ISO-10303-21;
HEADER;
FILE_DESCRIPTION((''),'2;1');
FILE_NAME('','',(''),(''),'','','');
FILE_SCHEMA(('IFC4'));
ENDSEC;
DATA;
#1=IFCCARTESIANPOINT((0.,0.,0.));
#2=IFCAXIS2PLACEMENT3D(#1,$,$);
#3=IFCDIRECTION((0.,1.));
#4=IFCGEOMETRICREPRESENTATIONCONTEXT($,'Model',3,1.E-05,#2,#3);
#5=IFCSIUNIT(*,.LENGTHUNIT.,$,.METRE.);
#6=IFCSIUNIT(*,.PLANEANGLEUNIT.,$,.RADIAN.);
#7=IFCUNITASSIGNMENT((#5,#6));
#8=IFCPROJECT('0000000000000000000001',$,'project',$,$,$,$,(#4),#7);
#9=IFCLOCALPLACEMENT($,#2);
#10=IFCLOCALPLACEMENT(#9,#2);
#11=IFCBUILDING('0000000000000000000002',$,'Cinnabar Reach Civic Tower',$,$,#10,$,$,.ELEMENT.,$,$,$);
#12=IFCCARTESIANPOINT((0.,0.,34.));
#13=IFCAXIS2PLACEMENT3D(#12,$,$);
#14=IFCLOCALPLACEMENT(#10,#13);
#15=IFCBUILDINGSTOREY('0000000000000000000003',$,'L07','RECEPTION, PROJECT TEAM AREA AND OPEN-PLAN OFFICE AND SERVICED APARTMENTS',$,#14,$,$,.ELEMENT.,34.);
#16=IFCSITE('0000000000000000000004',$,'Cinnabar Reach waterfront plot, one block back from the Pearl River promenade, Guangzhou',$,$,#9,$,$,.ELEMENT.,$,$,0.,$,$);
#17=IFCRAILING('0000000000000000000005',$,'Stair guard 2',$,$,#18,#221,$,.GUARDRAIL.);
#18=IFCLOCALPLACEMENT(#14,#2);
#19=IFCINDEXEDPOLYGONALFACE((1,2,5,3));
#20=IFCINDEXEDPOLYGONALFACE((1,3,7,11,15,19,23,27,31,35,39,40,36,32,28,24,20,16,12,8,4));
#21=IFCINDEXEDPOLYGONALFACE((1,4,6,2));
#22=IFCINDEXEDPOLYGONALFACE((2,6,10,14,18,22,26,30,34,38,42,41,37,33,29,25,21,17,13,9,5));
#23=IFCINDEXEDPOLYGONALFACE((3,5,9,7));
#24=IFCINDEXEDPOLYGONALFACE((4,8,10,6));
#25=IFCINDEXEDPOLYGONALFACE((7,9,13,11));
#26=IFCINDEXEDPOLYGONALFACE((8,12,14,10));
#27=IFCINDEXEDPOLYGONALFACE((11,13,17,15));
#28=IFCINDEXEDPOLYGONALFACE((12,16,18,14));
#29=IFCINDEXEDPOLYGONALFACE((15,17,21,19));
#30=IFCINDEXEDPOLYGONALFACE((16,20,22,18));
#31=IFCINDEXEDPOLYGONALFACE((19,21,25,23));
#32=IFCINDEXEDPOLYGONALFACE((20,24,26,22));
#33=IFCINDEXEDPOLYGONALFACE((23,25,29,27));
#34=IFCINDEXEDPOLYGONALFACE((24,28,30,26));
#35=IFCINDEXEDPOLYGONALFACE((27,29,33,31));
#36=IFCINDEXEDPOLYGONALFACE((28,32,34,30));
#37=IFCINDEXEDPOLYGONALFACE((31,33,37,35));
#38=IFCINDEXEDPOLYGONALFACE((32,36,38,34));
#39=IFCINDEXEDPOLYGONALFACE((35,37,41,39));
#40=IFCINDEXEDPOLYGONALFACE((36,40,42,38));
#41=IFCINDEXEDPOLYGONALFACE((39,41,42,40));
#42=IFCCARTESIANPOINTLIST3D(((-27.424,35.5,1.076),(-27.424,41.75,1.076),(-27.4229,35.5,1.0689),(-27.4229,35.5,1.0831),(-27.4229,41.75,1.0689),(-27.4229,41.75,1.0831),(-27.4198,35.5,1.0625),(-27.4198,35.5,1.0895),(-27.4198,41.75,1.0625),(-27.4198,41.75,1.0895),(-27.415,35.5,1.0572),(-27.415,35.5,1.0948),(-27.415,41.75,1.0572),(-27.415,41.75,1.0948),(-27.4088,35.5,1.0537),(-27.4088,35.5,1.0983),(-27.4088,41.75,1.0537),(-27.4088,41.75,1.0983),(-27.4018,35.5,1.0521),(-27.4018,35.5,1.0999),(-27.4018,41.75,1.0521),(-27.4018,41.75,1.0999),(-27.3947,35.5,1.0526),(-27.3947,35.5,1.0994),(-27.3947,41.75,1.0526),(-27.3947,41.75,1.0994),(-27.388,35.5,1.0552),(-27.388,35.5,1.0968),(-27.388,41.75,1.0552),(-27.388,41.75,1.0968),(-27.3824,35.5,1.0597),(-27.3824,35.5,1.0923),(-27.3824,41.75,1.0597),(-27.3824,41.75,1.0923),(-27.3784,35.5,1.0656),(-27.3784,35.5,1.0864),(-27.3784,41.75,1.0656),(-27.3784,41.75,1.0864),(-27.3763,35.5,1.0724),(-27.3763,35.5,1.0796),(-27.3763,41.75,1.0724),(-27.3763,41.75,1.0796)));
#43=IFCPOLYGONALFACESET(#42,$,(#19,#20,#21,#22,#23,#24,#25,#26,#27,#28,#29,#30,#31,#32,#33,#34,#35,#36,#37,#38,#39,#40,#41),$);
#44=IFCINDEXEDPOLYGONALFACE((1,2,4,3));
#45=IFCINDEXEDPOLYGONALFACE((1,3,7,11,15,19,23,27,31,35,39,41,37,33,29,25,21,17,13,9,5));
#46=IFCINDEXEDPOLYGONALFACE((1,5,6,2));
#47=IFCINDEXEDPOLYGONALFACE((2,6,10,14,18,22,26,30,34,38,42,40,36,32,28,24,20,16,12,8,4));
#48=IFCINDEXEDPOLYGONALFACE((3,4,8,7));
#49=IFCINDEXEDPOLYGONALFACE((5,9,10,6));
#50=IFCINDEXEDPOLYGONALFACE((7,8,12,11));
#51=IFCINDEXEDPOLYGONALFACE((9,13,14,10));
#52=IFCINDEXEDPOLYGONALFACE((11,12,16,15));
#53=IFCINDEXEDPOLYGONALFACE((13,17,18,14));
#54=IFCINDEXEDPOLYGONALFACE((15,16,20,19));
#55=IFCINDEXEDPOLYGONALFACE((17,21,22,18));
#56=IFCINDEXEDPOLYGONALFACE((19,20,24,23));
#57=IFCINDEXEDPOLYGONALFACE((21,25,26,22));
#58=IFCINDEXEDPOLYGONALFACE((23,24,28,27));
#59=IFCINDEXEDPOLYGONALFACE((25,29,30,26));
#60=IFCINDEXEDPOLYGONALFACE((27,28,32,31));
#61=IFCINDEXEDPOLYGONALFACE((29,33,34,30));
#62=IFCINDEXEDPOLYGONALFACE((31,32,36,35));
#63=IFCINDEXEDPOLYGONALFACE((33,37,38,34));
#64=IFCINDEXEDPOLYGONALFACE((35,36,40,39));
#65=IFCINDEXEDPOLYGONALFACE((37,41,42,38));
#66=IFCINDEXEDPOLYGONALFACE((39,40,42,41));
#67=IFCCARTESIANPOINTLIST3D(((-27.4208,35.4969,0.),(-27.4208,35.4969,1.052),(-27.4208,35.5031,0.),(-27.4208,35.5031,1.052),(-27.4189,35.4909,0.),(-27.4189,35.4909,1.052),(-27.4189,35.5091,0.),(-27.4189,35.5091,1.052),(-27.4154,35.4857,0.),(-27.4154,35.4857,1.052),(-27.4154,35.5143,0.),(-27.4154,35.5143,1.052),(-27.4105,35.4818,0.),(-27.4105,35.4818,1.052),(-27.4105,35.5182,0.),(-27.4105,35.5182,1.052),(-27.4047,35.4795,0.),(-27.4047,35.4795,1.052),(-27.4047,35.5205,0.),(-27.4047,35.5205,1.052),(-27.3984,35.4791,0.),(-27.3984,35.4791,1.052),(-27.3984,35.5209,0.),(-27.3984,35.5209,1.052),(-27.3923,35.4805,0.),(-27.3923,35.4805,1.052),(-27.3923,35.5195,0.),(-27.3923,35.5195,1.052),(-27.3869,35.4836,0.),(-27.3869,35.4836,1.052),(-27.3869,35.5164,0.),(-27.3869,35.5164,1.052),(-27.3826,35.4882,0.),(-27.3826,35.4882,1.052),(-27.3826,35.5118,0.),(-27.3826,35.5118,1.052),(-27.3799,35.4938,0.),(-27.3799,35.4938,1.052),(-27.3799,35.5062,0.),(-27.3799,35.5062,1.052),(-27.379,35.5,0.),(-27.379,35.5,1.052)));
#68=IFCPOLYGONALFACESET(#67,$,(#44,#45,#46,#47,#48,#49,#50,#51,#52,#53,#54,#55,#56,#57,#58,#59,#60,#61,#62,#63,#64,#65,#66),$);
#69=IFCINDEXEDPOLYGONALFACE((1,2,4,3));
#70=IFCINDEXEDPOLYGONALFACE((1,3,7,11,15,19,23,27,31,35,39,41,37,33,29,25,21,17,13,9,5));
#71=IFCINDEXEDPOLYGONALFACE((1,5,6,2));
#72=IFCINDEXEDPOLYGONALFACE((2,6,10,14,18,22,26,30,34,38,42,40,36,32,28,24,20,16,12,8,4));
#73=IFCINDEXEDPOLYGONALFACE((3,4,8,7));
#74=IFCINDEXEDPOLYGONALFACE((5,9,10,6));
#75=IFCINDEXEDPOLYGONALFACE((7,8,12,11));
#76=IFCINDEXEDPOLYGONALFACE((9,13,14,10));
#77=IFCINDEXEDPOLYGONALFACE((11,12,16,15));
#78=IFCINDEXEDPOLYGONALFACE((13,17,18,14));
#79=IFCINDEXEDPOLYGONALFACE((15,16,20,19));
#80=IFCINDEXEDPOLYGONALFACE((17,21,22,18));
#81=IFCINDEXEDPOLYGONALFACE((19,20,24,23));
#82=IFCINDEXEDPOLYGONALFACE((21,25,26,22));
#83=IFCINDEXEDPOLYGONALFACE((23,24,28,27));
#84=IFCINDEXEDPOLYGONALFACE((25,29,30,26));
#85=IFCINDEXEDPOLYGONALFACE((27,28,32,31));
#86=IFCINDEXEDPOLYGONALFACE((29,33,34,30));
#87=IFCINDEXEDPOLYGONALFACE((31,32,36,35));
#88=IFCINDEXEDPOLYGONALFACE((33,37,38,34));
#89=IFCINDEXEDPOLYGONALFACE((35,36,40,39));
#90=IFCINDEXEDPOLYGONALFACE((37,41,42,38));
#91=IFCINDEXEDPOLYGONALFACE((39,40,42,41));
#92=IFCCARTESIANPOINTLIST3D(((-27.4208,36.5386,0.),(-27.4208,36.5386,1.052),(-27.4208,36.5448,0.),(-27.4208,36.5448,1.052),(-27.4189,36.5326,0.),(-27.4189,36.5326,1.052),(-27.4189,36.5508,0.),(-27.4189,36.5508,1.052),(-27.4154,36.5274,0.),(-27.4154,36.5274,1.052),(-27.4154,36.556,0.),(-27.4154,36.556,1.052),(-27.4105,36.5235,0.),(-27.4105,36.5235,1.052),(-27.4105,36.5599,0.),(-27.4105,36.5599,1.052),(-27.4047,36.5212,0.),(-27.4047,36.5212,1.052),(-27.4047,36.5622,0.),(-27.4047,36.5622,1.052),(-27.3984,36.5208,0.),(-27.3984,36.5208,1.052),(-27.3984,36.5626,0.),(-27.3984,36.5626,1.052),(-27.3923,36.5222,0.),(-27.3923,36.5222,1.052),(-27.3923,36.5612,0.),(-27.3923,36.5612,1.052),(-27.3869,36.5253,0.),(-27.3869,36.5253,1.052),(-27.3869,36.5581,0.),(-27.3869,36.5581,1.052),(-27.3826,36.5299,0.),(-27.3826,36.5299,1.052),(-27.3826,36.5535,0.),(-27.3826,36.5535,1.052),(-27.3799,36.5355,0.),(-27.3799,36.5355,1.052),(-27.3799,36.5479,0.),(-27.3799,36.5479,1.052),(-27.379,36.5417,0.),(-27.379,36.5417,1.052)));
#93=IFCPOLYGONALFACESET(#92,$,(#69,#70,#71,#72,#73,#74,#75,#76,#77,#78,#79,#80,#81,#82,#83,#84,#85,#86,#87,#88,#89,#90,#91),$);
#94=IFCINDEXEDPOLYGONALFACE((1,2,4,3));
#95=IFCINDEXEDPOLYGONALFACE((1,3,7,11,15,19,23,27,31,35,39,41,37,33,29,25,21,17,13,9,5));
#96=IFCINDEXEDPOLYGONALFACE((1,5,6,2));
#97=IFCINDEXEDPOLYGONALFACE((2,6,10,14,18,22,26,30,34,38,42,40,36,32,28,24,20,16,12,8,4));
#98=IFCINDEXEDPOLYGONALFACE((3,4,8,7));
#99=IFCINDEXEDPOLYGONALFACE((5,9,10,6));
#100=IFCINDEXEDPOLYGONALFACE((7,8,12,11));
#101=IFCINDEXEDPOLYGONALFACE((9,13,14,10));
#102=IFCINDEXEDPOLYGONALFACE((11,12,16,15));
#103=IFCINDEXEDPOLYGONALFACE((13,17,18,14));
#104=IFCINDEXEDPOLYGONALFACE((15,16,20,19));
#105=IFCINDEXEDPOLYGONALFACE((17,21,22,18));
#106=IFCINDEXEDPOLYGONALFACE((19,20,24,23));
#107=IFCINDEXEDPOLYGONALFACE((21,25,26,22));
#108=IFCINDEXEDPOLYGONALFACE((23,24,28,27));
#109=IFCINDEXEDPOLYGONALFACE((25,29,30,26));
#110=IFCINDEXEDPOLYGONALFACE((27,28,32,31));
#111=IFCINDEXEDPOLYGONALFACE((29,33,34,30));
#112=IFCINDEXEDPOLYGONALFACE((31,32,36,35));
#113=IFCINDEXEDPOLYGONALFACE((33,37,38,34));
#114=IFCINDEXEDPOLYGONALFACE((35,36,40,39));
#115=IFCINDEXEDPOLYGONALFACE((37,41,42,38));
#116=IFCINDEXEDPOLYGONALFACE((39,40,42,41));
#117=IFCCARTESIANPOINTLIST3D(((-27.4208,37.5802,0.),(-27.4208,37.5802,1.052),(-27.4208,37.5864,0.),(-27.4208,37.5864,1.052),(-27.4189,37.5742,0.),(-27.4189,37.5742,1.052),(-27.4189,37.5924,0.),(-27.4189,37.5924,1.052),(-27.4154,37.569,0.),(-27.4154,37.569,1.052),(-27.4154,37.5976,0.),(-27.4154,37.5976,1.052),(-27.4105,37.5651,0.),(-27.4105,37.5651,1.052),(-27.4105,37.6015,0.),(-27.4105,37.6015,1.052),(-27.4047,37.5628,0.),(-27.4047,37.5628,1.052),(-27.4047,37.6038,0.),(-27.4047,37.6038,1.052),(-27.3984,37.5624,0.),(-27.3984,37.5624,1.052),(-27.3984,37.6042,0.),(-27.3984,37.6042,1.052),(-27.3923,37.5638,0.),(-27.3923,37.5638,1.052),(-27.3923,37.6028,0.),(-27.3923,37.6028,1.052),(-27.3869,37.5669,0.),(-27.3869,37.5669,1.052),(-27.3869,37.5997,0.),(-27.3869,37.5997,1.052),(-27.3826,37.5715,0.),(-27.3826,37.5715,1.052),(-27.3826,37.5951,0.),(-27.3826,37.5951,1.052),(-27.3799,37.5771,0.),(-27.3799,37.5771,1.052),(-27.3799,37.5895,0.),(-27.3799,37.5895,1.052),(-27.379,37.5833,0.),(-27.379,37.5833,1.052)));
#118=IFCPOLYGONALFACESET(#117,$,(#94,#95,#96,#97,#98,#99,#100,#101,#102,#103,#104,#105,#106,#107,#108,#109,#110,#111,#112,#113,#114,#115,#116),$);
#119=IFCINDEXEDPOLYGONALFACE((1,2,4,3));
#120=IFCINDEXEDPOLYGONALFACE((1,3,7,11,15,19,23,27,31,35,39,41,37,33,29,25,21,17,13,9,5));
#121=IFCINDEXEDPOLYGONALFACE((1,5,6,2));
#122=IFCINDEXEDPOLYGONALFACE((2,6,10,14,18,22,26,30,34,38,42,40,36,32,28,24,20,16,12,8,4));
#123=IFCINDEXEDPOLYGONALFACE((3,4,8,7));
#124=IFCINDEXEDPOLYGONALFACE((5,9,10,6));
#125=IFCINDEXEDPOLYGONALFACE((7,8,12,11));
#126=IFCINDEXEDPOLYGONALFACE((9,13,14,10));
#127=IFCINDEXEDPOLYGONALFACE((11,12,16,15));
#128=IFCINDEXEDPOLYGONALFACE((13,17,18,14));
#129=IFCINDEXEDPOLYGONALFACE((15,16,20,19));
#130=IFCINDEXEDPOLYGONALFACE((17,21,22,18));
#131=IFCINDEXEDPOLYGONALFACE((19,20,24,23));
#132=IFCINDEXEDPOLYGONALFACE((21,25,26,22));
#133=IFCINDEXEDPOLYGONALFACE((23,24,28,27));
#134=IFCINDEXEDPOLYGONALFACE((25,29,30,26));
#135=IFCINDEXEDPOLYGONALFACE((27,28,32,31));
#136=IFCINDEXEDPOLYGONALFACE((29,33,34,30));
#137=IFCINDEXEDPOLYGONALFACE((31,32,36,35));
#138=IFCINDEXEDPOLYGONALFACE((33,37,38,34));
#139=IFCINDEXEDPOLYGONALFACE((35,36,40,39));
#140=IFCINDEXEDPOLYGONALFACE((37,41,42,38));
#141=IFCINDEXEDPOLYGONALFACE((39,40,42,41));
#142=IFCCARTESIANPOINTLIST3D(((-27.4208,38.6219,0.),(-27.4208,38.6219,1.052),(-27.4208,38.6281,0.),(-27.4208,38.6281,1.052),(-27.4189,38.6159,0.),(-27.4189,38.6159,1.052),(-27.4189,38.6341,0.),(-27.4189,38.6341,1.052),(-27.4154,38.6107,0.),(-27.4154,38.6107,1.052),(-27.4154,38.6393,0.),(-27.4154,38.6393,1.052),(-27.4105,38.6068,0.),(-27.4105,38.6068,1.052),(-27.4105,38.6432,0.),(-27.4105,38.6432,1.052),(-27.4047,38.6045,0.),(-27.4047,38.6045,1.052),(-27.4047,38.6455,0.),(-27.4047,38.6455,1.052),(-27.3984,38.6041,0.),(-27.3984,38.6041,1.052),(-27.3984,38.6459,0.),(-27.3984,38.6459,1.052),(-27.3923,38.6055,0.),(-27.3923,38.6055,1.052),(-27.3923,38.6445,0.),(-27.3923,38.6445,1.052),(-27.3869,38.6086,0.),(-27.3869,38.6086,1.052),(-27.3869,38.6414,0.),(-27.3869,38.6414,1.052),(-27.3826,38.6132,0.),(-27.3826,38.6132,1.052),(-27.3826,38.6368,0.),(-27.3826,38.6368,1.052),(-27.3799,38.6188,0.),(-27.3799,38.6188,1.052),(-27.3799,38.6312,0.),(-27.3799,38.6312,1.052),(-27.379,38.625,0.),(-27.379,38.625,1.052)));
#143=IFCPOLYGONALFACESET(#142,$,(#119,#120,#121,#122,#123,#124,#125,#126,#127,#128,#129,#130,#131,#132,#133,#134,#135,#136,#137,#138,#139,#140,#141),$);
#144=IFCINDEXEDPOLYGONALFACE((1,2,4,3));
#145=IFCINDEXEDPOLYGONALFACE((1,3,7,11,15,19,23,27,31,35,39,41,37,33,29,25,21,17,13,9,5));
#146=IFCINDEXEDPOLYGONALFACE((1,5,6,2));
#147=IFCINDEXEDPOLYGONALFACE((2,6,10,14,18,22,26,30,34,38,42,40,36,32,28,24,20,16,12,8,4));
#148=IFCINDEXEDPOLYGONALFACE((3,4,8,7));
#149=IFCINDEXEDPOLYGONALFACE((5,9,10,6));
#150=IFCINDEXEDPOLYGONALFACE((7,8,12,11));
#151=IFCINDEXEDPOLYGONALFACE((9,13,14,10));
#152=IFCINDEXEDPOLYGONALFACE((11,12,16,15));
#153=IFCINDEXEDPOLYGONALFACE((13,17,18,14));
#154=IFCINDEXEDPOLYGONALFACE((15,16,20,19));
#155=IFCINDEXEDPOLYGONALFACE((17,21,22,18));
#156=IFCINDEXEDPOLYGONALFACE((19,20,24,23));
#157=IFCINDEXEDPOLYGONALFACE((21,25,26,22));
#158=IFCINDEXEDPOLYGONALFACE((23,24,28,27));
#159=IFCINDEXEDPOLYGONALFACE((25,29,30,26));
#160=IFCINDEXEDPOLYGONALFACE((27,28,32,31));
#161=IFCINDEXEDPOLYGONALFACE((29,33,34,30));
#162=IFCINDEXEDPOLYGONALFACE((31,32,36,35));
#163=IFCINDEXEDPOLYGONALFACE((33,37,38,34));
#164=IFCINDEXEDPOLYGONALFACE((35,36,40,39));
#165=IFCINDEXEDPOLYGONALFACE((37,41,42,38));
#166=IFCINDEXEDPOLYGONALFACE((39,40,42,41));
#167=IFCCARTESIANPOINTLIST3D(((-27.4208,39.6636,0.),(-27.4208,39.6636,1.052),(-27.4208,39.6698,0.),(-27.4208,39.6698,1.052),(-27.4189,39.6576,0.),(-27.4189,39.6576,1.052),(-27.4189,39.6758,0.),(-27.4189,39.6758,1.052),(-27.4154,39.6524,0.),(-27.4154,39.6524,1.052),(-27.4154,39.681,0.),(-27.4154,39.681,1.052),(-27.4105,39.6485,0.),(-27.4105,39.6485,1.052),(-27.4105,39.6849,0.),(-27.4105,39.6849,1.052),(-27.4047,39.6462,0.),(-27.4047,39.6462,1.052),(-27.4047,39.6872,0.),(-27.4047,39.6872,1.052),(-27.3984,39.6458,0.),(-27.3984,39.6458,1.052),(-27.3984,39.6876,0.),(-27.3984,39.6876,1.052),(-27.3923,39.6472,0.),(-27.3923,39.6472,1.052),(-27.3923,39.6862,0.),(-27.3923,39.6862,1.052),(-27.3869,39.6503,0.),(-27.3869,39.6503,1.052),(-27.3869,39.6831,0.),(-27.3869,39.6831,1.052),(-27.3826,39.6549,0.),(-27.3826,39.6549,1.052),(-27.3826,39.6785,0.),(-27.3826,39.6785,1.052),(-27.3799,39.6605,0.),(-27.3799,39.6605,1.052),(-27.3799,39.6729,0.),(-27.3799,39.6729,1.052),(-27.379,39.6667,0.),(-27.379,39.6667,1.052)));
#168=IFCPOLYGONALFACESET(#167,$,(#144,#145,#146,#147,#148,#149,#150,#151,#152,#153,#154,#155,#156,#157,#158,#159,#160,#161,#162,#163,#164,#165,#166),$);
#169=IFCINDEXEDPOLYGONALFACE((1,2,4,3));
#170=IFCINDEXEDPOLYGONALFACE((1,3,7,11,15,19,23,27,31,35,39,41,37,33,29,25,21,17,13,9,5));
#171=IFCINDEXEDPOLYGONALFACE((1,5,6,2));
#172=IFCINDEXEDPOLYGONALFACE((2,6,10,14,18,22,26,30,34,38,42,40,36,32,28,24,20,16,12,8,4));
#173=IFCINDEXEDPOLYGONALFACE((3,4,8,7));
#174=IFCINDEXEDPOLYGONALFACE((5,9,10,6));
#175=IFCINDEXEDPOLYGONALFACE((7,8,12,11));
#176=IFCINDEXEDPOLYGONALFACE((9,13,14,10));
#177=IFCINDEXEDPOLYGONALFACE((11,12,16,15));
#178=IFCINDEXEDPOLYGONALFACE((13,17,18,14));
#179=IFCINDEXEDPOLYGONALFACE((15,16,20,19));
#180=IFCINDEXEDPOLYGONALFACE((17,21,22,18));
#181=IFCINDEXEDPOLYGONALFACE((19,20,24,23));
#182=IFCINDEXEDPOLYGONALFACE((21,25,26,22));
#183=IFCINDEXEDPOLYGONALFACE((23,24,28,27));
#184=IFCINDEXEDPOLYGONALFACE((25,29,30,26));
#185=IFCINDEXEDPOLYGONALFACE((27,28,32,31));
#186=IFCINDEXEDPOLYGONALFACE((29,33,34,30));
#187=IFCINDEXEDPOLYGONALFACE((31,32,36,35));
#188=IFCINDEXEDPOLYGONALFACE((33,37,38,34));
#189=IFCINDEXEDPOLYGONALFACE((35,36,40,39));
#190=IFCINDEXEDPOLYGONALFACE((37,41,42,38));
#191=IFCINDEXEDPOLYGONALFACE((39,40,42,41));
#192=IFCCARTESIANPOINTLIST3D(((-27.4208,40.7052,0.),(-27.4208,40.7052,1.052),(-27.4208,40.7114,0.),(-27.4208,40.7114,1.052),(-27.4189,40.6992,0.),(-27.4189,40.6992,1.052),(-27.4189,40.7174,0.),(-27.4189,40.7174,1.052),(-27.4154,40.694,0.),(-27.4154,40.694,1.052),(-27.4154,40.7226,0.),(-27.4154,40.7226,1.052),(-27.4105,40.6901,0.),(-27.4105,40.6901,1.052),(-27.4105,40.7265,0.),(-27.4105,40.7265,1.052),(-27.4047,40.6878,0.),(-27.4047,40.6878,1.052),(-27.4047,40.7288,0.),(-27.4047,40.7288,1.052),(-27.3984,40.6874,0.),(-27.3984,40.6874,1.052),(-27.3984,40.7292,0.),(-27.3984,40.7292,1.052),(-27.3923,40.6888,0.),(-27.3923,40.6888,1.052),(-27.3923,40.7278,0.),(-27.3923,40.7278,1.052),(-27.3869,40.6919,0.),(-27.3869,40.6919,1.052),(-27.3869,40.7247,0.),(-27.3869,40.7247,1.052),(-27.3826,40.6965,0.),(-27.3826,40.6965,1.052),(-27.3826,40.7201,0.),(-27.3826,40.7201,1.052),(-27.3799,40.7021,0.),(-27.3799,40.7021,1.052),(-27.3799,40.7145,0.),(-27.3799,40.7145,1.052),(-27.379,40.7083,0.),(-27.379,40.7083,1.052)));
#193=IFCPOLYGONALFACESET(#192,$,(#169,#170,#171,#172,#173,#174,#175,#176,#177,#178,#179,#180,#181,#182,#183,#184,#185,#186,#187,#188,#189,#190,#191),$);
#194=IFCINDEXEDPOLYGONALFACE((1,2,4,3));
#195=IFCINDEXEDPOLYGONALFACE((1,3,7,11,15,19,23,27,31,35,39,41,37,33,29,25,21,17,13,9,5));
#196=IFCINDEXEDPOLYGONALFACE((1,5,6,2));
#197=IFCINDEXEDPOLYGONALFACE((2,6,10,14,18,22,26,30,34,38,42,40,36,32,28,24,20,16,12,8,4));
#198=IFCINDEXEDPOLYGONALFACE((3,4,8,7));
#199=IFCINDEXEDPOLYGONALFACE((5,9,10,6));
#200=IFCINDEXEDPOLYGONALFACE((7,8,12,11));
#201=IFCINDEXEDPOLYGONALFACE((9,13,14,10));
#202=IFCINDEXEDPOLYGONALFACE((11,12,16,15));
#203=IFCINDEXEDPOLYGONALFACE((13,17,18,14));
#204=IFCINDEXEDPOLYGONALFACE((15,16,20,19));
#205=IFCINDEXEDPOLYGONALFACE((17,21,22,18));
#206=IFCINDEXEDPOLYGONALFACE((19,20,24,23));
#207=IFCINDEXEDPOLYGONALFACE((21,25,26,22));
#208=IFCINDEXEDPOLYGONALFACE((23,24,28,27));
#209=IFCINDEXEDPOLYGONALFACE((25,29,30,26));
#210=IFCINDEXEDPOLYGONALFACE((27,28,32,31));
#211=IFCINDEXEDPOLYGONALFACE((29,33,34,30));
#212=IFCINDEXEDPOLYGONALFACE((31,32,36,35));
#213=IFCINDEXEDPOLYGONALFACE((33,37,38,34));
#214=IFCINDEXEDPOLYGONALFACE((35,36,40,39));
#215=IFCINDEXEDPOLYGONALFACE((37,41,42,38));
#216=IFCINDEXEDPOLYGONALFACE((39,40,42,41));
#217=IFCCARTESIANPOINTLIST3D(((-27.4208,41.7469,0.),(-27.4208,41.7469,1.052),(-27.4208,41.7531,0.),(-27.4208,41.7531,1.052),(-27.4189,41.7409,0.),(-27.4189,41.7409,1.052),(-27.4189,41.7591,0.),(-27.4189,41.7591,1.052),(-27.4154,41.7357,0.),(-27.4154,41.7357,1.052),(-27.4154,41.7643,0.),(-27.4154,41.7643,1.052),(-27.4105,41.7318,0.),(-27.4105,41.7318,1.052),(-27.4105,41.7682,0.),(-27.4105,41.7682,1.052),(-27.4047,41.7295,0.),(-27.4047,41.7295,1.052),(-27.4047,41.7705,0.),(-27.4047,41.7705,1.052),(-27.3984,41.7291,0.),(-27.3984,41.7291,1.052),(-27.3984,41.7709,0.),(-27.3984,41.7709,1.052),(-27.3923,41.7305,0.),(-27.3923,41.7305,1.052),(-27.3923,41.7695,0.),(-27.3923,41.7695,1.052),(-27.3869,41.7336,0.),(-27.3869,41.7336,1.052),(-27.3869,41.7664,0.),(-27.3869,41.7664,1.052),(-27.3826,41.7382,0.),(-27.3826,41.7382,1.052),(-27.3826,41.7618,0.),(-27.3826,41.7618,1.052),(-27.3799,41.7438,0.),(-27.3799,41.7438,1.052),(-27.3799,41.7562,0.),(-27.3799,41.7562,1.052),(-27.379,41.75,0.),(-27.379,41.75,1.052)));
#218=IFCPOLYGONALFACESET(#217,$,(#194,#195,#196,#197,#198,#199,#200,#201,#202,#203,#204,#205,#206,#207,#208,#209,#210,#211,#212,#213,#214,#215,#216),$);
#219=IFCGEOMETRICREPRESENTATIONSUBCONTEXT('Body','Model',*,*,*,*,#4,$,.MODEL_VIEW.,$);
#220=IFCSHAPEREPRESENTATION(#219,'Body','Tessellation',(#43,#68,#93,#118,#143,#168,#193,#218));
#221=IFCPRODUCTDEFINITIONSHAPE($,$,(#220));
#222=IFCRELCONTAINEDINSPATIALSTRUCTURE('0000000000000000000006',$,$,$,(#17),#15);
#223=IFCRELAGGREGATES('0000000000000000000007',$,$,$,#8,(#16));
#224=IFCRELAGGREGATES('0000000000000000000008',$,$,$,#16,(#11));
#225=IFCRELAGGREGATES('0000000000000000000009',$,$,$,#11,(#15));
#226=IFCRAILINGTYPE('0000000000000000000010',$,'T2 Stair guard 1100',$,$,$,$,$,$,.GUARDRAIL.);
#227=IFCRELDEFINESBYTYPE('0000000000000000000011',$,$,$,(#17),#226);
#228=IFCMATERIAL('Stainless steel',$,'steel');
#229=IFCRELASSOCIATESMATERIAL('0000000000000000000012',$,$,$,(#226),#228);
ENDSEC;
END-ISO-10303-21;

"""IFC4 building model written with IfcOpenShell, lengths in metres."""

from ifc_helpers import new_model, si_unit, direction, frame, origin, origin_2d, place, context, subcontext, project, spatial, circle, extrude, material, type_object, element, save


model = new_model("IFC4")

# Units and contexts
model_context = context("Model", 3, precision=1e-05, world=origin(), true_north=direction((0.0, 1.0)))
body_context = subcontext(model_context, "Body", "Model", "MODEL_VIEW")
ifc_project = project(units=[si_unit("LENGTHUNIT", "METRE"), si_unit("PLANEANGLEUNIT", "RADIAN")], contexts=[model_context])

# Site, building, storey
site_placement = place(None, origin())
site = spatial("IfcSite", under=ifc_project, at=site_placement, Name="Cinnabar Reach waterfront plot, one block back from the Pearl River promenade, Guangzhou", CompositionType="ELEMENT", RefElevation=0.0)
building_placement = place(site_placement, origin())
building = spatial("IfcBuilding", under=site, at=building_placement, Name="Cinnabar Reach Civic Tower", CompositionType="ELEMENT")
storey_placement = place(building_placement, frame((0.0, 0.0, 34.0)))
storey = spatial("IfcBuildingStorey", under=building, at=storey_placement, Name="L07", Description="RECEPTION, PROJECT TEAM AREA AND OPEN-PLAN OFFICE AND SERVICED APARTMENTS", CompositionType="ELEMENT", Elevation=34.0)

# Railing
ifc_material_1 = material(Name="Stainless steel", Category="steel")
railing_type = type_object("IfcRailingType", Name="T2 Stair guard 1100", PredefinedType="GUARDRAIL", material=ifc_material_1)
for number, where, name in (
    (1, (-27.4, 35.5, 0.0), "Stair guard 2"),
):
    element("IfcRailing", number, at=place(storey_placement, frame(where)), inside=storey, type_object=railing_type, Name=name, PredefinedType="GUARDRAIL", context=body_context, shape_type="SweptSolid", body=[
        extrude(circle(Radius=0.024, at=origin_2d()), frame((0.0, 0.0, 1.076), z_axis=(0.0, 1.0, 0.0), x_axis=(-1.0, 0.0, 0.0)), (0.0, 0.0, 1.0), 6.25),
        extrude(circle(Radius=0.021, at=origin_2d()), origin(), (0.0, 0.0, 1.0), 1.052),
        extrude(circle(Radius=0.021, at=origin_2d()), frame((0.0, 1.0417, 0.0)), (0.0, 0.0, 1.0), 1.052),
        extrude(circle(Radius=0.021, at=origin_2d()), frame((0.0, 2.0833, 0.0)), (0.0, 0.0, 1.0), 1.052),
        extrude(circle(Radius=0.021, at=origin_2d()), frame((0.0, 3.125, 0.0)), (0.0, 0.0, 1.0), 1.052),
        extrude(circle(Radius=0.021, at=origin_2d()), frame((0.0, 4.1667, 0.0)), (0.0, 0.0, 1.0), 1.052),
        extrude(circle(Radius=0.021, at=origin_2d()), frame((0.0, 5.2083, 0.0)), (0.0, 0.0, 1.0), 1.052),
        extrude(circle(Radius=0.021, at=origin_2d()), frame((0.0, 6.25, 0.0)), (0.0, 0.0, 1.0), 1.052),
    ])

save(model, "model.ifc")
